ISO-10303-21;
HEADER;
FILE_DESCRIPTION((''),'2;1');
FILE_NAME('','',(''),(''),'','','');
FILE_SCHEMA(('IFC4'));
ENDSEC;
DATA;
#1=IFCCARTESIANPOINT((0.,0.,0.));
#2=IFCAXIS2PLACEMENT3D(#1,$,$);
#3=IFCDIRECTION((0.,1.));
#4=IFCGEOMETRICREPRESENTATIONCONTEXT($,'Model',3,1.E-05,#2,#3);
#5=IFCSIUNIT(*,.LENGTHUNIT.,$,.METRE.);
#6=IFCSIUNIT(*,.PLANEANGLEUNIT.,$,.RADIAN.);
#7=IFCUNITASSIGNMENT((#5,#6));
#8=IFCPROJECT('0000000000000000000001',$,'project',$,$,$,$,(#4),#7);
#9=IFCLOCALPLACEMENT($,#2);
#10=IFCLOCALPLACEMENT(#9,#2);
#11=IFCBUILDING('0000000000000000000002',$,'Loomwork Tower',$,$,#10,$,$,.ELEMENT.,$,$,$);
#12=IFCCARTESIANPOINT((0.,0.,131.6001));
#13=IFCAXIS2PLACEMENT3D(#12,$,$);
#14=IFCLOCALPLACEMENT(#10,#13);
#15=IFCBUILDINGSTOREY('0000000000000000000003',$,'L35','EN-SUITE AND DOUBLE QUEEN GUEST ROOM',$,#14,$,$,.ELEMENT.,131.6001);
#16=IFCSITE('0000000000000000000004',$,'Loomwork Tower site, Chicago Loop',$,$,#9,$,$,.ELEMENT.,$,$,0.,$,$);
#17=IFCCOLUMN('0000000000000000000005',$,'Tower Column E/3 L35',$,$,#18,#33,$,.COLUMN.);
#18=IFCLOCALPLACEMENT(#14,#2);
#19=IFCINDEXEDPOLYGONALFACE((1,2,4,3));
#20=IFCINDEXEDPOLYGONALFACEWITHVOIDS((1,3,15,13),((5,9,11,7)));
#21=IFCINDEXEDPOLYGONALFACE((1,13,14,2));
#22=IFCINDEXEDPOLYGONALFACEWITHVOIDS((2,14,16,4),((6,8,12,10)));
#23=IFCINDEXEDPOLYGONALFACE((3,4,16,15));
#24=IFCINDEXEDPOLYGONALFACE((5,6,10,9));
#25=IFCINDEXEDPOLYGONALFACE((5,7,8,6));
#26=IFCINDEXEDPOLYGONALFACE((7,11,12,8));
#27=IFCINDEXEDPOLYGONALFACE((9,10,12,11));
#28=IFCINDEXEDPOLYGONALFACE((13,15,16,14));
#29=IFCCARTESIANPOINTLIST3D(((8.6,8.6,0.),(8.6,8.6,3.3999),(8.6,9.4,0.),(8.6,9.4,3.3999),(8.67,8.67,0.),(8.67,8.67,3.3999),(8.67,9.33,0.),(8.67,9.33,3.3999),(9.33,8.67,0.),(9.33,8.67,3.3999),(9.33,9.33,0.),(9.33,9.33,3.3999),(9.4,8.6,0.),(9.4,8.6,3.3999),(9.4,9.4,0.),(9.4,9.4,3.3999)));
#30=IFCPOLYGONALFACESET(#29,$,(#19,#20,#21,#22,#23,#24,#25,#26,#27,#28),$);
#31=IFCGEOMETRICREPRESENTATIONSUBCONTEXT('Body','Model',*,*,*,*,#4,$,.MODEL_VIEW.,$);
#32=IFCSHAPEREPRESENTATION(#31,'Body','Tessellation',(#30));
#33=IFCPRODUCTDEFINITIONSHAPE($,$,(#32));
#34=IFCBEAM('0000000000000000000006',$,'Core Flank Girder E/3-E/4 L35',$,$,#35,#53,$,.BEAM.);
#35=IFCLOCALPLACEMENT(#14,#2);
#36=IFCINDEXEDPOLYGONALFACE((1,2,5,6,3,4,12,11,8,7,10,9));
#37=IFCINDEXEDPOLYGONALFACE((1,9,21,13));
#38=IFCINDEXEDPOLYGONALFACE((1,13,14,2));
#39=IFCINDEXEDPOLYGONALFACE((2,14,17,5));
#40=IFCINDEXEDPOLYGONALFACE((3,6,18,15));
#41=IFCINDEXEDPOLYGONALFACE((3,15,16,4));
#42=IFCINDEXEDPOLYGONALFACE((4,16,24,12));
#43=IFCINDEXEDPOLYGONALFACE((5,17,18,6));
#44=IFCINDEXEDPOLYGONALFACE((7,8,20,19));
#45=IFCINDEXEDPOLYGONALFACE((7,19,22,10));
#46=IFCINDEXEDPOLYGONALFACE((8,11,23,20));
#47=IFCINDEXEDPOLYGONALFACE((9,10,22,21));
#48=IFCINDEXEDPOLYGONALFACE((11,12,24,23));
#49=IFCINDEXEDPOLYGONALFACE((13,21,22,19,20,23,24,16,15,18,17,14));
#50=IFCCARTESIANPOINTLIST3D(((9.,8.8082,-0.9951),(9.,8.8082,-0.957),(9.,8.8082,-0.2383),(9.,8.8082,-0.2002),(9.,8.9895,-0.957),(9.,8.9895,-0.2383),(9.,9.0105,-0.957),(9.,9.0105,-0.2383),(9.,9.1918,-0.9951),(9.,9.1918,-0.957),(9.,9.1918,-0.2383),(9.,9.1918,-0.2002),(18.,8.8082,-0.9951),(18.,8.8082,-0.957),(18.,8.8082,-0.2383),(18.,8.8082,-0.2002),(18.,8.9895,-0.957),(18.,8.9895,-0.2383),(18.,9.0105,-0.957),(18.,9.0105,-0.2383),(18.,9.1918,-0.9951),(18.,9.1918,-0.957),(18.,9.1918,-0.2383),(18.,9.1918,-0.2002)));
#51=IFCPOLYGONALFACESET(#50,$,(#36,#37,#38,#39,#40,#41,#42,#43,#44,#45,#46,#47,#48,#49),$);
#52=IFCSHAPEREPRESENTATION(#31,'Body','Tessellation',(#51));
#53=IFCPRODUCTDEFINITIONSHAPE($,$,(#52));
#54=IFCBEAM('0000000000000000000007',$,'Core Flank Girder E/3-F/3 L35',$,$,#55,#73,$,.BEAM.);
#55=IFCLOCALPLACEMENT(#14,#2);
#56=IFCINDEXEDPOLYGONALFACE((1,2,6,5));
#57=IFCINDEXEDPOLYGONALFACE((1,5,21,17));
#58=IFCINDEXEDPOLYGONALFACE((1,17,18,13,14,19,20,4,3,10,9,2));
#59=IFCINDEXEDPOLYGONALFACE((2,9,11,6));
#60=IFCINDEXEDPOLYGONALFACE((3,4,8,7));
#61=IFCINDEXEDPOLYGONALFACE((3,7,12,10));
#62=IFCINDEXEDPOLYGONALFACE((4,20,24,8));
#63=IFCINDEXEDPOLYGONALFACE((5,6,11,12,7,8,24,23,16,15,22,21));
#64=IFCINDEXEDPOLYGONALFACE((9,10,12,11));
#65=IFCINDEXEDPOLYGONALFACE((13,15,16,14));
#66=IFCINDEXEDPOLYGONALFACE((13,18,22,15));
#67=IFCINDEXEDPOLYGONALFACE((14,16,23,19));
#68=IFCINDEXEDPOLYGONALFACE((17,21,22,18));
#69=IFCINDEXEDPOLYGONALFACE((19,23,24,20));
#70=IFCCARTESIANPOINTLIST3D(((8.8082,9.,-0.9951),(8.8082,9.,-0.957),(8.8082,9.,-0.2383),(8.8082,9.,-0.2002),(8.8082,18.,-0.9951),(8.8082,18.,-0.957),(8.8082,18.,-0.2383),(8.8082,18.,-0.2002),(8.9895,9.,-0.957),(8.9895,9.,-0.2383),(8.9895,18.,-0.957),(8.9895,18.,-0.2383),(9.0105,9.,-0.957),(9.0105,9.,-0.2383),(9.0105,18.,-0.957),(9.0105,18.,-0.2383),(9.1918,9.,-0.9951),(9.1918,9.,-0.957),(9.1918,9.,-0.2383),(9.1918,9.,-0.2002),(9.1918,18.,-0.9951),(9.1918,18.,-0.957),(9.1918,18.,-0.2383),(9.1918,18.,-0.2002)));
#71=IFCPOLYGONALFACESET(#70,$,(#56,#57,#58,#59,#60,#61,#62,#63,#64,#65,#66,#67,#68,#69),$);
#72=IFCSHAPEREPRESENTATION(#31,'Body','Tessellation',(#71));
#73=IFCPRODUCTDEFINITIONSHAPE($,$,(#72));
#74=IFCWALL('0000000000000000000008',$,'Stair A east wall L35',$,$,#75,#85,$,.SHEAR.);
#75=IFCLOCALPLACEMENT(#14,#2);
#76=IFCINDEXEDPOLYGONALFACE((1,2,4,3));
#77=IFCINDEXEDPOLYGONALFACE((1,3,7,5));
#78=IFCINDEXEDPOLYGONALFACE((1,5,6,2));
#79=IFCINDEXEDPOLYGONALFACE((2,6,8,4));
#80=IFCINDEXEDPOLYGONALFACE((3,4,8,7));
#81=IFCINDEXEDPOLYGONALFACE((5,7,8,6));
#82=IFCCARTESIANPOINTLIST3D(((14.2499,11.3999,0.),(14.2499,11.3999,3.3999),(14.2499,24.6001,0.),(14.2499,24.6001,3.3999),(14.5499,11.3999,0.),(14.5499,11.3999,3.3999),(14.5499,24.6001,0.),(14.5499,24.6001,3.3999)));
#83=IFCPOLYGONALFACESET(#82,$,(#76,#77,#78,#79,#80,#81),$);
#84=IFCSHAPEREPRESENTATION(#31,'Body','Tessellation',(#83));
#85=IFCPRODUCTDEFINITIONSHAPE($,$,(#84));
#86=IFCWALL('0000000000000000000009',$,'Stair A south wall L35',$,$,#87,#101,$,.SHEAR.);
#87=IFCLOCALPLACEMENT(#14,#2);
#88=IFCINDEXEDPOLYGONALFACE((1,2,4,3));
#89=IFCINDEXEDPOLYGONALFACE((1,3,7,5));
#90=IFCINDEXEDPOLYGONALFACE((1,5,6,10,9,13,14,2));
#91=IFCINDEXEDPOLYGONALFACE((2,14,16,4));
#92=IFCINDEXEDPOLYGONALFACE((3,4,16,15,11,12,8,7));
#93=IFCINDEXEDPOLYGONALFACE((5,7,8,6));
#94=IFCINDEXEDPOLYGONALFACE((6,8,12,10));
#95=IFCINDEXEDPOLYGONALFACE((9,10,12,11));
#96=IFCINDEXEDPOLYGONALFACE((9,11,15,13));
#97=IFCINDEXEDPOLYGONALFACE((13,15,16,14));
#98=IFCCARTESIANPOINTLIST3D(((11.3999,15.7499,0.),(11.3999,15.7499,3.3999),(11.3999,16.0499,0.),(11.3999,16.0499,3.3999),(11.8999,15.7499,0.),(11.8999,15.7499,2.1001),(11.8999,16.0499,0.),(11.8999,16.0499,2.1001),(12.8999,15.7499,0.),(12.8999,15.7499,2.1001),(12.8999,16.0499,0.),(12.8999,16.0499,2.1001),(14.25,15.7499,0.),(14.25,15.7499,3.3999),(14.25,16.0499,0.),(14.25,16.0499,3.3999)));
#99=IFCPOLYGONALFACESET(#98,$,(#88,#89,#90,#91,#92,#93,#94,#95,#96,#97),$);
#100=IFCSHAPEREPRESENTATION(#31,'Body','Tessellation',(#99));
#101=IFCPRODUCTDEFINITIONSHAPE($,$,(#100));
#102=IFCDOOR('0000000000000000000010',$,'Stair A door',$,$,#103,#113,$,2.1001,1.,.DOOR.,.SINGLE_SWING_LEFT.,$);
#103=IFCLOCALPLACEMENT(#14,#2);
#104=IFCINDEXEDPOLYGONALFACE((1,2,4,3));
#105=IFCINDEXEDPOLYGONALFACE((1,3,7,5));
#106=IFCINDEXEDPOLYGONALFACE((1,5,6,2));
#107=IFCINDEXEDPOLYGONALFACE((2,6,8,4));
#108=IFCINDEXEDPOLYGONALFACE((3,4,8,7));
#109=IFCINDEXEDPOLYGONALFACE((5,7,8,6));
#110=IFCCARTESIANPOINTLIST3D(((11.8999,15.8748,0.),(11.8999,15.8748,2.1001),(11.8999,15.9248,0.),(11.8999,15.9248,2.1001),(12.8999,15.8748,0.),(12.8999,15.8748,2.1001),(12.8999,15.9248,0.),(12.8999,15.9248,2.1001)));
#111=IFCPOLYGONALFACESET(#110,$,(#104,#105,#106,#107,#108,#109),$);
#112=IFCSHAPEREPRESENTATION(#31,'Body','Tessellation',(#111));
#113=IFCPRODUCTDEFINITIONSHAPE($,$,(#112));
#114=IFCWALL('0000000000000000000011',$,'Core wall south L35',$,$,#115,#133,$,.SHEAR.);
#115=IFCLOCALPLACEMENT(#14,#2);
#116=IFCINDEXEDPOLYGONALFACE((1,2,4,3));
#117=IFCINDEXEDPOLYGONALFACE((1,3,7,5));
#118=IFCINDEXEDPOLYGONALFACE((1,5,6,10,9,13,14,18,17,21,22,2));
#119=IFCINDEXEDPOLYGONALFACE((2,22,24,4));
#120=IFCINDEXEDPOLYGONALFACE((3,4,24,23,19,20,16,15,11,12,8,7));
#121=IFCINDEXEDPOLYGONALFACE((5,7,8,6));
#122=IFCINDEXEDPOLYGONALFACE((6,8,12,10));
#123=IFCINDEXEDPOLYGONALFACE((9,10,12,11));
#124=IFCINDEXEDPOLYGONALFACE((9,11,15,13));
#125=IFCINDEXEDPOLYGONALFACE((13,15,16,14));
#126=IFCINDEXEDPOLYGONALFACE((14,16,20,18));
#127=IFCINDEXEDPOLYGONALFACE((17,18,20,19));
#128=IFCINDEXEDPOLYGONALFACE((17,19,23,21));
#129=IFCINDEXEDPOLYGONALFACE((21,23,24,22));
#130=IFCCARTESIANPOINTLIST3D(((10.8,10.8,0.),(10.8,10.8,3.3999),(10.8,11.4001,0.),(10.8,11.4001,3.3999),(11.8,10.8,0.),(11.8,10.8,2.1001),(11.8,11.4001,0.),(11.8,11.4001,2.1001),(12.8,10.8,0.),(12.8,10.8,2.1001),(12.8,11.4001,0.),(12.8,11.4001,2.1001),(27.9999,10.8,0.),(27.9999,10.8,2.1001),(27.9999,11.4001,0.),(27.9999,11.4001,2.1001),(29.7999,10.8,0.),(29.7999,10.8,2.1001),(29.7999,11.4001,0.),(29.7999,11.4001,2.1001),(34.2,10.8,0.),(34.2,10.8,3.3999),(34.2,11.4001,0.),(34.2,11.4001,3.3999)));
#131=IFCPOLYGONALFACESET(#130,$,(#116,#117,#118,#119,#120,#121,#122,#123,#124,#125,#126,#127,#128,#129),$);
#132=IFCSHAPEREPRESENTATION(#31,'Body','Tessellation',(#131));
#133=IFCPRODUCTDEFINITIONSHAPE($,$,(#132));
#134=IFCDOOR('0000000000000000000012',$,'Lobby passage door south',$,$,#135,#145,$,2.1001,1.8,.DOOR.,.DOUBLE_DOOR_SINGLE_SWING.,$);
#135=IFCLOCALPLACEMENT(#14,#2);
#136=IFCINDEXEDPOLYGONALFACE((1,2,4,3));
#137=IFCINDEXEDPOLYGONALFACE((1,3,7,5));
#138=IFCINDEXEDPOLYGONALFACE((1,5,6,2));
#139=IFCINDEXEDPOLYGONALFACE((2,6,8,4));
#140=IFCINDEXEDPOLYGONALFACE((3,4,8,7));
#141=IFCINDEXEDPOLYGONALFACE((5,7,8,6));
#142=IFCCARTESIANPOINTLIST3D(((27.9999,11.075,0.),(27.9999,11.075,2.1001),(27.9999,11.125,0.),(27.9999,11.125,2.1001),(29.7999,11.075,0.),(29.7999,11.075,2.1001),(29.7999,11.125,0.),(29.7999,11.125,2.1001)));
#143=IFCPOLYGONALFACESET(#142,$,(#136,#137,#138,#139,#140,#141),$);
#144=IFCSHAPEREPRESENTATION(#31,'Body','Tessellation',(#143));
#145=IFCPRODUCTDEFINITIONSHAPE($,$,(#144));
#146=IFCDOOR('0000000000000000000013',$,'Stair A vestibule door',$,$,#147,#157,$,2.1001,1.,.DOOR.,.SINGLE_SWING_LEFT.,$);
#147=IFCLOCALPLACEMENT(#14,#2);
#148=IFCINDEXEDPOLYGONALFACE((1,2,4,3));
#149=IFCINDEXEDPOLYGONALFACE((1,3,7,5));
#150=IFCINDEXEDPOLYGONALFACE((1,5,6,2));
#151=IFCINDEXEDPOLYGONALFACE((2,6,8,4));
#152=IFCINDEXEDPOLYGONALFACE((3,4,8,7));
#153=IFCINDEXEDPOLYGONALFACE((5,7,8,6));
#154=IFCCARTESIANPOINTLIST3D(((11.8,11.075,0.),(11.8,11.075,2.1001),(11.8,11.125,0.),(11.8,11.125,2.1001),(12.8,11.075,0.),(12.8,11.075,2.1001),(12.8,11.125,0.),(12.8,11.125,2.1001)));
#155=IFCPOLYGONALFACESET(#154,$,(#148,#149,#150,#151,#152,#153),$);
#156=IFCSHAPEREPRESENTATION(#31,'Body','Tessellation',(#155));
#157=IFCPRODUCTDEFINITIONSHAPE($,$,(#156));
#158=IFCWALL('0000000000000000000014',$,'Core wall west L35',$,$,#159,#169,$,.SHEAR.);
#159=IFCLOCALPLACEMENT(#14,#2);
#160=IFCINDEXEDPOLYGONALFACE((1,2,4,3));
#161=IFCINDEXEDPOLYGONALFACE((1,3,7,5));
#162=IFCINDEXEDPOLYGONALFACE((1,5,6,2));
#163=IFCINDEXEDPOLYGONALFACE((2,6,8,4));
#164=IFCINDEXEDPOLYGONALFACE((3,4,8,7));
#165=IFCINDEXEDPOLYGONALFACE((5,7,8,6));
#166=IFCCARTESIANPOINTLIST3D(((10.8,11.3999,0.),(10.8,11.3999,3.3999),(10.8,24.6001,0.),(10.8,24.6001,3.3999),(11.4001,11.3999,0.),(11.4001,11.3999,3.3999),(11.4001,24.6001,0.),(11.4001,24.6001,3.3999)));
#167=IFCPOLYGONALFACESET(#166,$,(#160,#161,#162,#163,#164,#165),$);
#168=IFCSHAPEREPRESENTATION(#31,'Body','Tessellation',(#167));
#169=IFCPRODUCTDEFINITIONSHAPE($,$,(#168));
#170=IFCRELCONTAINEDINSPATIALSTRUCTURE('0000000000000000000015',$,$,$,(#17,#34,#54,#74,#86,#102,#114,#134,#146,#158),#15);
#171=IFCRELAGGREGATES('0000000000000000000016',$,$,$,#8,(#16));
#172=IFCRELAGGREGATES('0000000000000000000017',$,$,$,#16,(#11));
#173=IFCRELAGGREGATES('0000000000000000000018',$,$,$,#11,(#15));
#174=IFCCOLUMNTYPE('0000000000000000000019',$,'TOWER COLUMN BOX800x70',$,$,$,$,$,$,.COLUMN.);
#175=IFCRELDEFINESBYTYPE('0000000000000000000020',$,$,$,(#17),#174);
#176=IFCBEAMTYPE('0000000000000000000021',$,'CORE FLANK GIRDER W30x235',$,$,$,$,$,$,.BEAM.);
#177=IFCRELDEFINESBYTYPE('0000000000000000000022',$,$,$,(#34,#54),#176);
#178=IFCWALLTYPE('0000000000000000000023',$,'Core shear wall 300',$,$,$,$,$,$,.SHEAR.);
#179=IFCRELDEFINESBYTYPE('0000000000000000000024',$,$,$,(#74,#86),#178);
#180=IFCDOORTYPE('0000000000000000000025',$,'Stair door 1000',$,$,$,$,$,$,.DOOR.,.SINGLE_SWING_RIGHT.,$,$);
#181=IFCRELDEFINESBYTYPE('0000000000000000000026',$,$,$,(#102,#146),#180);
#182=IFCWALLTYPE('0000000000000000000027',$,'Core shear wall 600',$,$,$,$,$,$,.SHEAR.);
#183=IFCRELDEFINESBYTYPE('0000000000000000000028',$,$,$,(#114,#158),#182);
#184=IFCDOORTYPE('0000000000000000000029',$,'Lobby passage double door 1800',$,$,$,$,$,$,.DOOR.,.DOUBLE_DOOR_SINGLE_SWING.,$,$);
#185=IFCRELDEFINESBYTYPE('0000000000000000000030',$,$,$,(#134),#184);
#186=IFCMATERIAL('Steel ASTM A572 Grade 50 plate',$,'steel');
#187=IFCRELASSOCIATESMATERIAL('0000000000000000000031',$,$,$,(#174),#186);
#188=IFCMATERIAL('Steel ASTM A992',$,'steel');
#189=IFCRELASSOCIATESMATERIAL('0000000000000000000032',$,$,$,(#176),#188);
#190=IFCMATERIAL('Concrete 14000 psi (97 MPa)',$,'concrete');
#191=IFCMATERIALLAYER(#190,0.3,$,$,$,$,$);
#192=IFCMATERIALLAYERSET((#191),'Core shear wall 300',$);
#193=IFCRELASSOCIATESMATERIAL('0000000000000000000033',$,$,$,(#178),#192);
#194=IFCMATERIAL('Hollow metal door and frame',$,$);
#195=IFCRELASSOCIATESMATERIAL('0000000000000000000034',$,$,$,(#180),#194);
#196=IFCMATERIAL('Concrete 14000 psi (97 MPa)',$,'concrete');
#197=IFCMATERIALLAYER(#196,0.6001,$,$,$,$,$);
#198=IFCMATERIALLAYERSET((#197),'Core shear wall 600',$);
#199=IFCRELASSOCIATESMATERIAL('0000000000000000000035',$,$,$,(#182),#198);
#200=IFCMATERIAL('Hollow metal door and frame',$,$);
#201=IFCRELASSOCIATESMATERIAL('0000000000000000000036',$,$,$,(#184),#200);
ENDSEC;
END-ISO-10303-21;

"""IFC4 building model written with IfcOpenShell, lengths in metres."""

from ifc_helpers import new_model, si_unit, direction, frame, frame_2d, origin, origin_2d, place, context, subcontext, project, spatial, rectangle, hollow_rectangle, i_section, extrude, material, layer, layer_set, material_profile, profile_set, type_object, element, fill, save


model = new_model("IFC4")

# Units and contexts
model_context = context("Model", 3, precision=1e-05, world=origin(), true_north=direction((0.0, 1.0)))
body_context = subcontext(model_context, "Body", "Model", "MODEL_VIEW")
ifc_project = project(units=[si_unit("LENGTHUNIT", "METRE"), si_unit("PLANEANGLEUNIT", "RADIAN")], contexts=[model_context])

# Site, building, storey
site_placement = place(None, origin())
site = spatial("IfcSite", under=ifc_project, at=site_placement, Name="Loomwork Tower site, Chicago Loop", CompositionType="ELEMENT", RefElevation=0.0)
building_placement = place(site_placement, origin())
building = spatial("IfcBuilding", under=site, at=building_placement, Name="Loomwork Tower", CompositionType="ELEMENT")
storey_placement = place(building_placement, frame((0.0, 0.0, 131.6001)))
storey = spatial("IfcBuildingStorey", under=building, at=storey_placement, Name="L35", Description="EN-SUITE AND DOUBLE QUEEN GUEST ROOM", CompositionType="ELEMENT", Elevation=131.6001)

# Column
ifc_material_1 = material(Name="Steel ASTM A572 Grade 50 plate", Category="steel")
ifc_material_profile_1 = material_profile(ifc_material_1, hollow_rectangle(XDim=0.8, YDim=0.8, WallThickness=0.0701, at=origin_2d()), Name="BOX800x70")
ifc_profile_set_1 = profile_set([ifc_material_profile_1], Name="Steel ASTM A572 Grade 50 plate")
column_type = type_object("IfcColumnType", Name="TOWER COLUMN BOX800x70", PredefinedType="COLUMN", material=ifc_profile_set_1)
column_placement = place(storey_placement, frame((9.0, 9.0, 0.0), z_axis=(0.0, 0.0, 1.0), x_axis=(1.0, 0.0, 0.0)))
element("IfcColumn", 1, at=column_placement, inside=storey, type_object=column_type, Name="Tower Column E/3 L35", PredefinedType="COLUMN", context=body_context, shape_type="SweptSolid", body=[
    extrude(hollow_rectangle(XDim=0.8, YDim=0.8, WallThickness=0.0701, at=origin_2d()), origin(), (0.0, 0.0, 1.0), 3.3999),
])

# Beams
ifc_material_2 = material(Name="Steel ASTM A992", Category="steel")
ifc_material_profile_2 = material_profile(ifc_material_2, i_section(OverallWidth=0.3835, OverallDepth=0.7949, WebThickness=0.021, FlangeThickness=0.0381, at=origin_2d()), Name="W30x235")
ifc_profile_set_2 = profile_set([ifc_material_profile_2], Name="Steel ASTM A992")
beam_type = type_object("IfcBeamType", Name="CORE FLANK GIRDER W30x235", PredefinedType="BEAM", material=ifc_profile_set_2)
for number, where, z_axis, x_axis, name in (
    (2, (9.0, 9.0, -0.5977), (1.0, 0.0, 0.0), (0.0, 1.0, 0.0), "Core Flank Girder E/3-E/4 L35"),
    (3, (9.0, 9.0, -0.5977), (0.0, 1.0, 0.0), (-1.0, 0.0, 0.0), "Core Flank Girder E/3-F/3 L35"),
):
    element("IfcBeam", number, at=place(storey_placement, frame(where, z_axis=z_axis, x_axis=x_axis)), inside=storey, type_object=beam_type, Name=name, PredefinedType="BEAM", context=body_context, shape_type="SweptSolid", body=[
        extrude(i_section(OverallWidth=0.3835, OverallDepth=0.7949, WebThickness=0.021, FlangeThickness=0.0381, at=origin_2d()), origin(), (0.0, 0.0, 1.0), 9.0),
    ])

# Wall
ifc_material_3 = material(Name="Concrete 14000 psi (97 MPa)", Category="concrete")
ifc_layer_1 = layer(ifc_material_3, 0.3)
ifc_layer_set_1 = layer_set([ifc_layer_1], Name="Core shear wall 300")
wall_type_1 = type_object("IfcWallType", Name="Core shear wall 300", PredefinedType="SHEAR", material=ifc_layer_set_1)
wall_1_placement = place(storey_placement, frame((14.3999, 11.3999, 0.0), z_axis=(0.0, 0.0, 1.0), x_axis=(0.0, 1.0, 0.0)))
element("IfcWall", 4, at=wall_1_placement, inside=storey, type_object=wall_type_1, Name="Stair A east wall L35", PredefinedType="SHEAR", context=body_context, shape_type="SweptSolid", body=[
    extrude(rectangle(XDim=13.2002, YDim=0.3, at=frame_2d((6.6001, 0.0))), origin(), (0.0, 0.0, 1.0), 3.3999),
])

# Wall, opening, door
wall_2_placement = place(storey_placement, frame((11.3999, 15.8999, 0.0), z_axis=(0.0, 0.0, 1.0), x_axis=(1.0, 0.0, 0.0)))
wall_2 = element("IfcWall", 5, at=wall_2_placement, inside=storey, type_object=wall_type_1, Name="Stair A south wall L35", PredefinedType="SHEAR", context=body_context, shape_type="SweptSolid", body=[
    extrude(rectangle(XDim=2.8501, YDim=0.3, at=frame_2d((1.425, 0.0))), origin(), (0.0, 0.0, 1.0), 3.3999),
])
opening_1_placement = place(wall_2_placement, frame((0.5, 0.0, 0.0)))
opening_1 = element("IfcOpeningElement", 6, at=opening_1_placement, cuts=wall_2, PredefinedType="OPENING", context=body_context, shape_type="SweptSolid", body=[
    extrude(rectangle(XDim=1.0, YDim=2.1001, at=frame_2d((0.5, 1.05))), frame((0.0, 0.1599, 0.0), z_axis=(0.0, -1.0, 0.0), x_axis=(1.0, 0.0, 0.0)), (0.0, 0.0, 1.0), 0.3201),
])
ifc_material_4 = material(Name="Hollow metal door and frame")
door_type_1 = type_object("IfcDoorType", Name="Stair door 1000", OperationType="SINGLE_SWING_RIGHT", PredefinedType="DOOR", material=ifc_material_4)
door_1_placement = place(opening_1_placement, origin())
door_1 = element("IfcDoor", 7, at=door_1_placement, inside=storey, type_object=door_type_1, Name="Stair A door", OperationType="SINGLE_SWING_LEFT", OverallHeight=2.1001, OverallWidth=1.0, PredefinedType="DOOR", context=body_context, shape_type="SweptSolid", body=[
    extrude(rectangle(XDim=1.0, YDim=2.1001, at=frame_2d((0.5, 1.05))), frame((0.0, 0.0249, 0.0), z_axis=(0.0, -1.0, 0.0), x_axis=(1.0, 0.0, 0.0)), (0.0, 0.0, 1.0), 0.05),
])
fill(opening_1, door_1)

# Wall, openings, doors
ifc_material_5 = material(Name="Concrete 14000 psi (97 MPa)", Category="concrete")
ifc_layer_2 = layer(ifc_material_5, 0.6001)
ifc_layer_set_2 = layer_set([ifc_layer_2], Name="Core shear wall 600")
wall_type_2 = type_object("IfcWallType", Name="Core shear wall 600", PredefinedType="SHEAR", material=ifc_layer_set_2)
wall_3_placement = place(storey_placement, frame((10.8, 11.1001, 0.0), z_axis=(0.0, 0.0, 1.0), x_axis=(1.0, 0.0, 0.0)))
wall_3 = element("IfcWall", 8, at=wall_3_placement, inside=storey, type_object=wall_type_2, Name="Core wall south L35", PredefinedType="SHEAR", context=body_context, shape_type="SweptSolid", body=[
    extrude(rectangle(XDim=23.3999, YDim=0.6001, at=frame_2d((11.7, 0.0))), origin(), (0.0, 0.0, 1.0), 3.3999),
])
opening_2_placement = place(wall_3_placement, frame((1.0, 0.0, 0.0)))
opening_2 = element("IfcOpeningElement", 9, at=opening_2_placement, cuts=wall_3, PredefinedType="OPENING", context=body_context, shape_type="SweptSolid", body=[
    extrude(rectangle(XDim=1.0, YDim=2.1001, at=frame_2d((0.5, 1.05))), frame((0.0, 0.3101, 0.0), z_axis=(0.0, -1.0, 0.0), x_axis=(1.0, 0.0, 0.0)), (0.0, 0.0, 1.0), 0.6201),
])
opening_3_placement = place(wall_3_placement, frame((17.2, 0.0, 0.0)))
opening_3 = element("IfcOpeningElement", 10, at=opening_3_placement, cuts=wall_3, PredefinedType="OPENING", context=body_context, shape_type="SweptSolid", body=[
    extrude(rectangle(XDim=1.8, YDim=2.1001, at=frame_2d((0.8999, 1.05))), frame((0.0, 0.3101, 0.0), z_axis=(0.0, -1.0, 0.0), x_axis=(1.0, 0.0, 0.0)), (0.0, 0.0, 1.0), 0.6201),
])
ifc_material_6 = material(Name="Hollow metal door and frame")
door_type_2 = type_object("IfcDoorType", Name="Lobby passage double door 1800", OperationType="DOUBLE_DOOR_SINGLE_SWING", PredefinedType="DOOR", material=ifc_material_6)
door_2_placement = place(opening_3_placement, origin())
door_2 = element("IfcDoor", 11, at=door_2_placement, inside=storey, type_object=door_type_2, Name="Lobby passage door south", OperationType="DOUBLE_DOOR_SINGLE_SWING", OverallHeight=2.1001, OverallWidth=1.8, PredefinedType="DOOR", context=body_context, shape_type="SweptSolid", body=[
    extrude(rectangle(XDim=1.8, YDim=2.1001, at=frame_2d((0.8999, 1.05))), frame((0.0, 0.0249, 0.0), z_axis=(0.0, -1.0, 0.0), x_axis=(1.0, 0.0, 0.0)), (0.0, 0.0, 1.0), 0.05),
])
fill(opening_3, door_2)
door_3_placement = place(opening_2_placement, origin())
door_3 = element("IfcDoor", 12, at=door_3_placement, inside=storey, type_object=door_type_1, Name="Stair A vestibule door", OperationType="SINGLE_SWING_LEFT", OverallHeight=2.1001, OverallWidth=1.0, PredefinedType="DOOR", context=body_context, shape_type="SweptSolid", body=[
    extrude(rectangle(XDim=1.0, YDim=2.1001, at=frame_2d((0.5, 1.05))), frame((0.0, 0.0249, 0.0), z_axis=(0.0, -1.0, 0.0), x_axis=(1.0, 0.0, 0.0)), (0.0, 0.0, 1.0), 0.05),
])
fill(opening_2, door_3)

# Wall
wall_4_placement = place(storey_placement, frame((11.1001, 11.3999, 0.0), z_axis=(0.0, 0.0, 1.0), x_axis=(0.0, 1.0, 0.0)))
element("IfcWall", 13, at=wall_4_placement, inside=storey, type_object=wall_type_2, Name="Core wall west L35", PredefinedType="SHEAR", context=body_context, shape_type="SweptSolid", body=[
    extrude(rectangle(XDim=13.2002, YDim=0.6001, at=frame_2d((6.6001, 0.0))), origin(), (0.0, 0.0, 1.0), 3.3999),
])

save(model, "model.ifc")
